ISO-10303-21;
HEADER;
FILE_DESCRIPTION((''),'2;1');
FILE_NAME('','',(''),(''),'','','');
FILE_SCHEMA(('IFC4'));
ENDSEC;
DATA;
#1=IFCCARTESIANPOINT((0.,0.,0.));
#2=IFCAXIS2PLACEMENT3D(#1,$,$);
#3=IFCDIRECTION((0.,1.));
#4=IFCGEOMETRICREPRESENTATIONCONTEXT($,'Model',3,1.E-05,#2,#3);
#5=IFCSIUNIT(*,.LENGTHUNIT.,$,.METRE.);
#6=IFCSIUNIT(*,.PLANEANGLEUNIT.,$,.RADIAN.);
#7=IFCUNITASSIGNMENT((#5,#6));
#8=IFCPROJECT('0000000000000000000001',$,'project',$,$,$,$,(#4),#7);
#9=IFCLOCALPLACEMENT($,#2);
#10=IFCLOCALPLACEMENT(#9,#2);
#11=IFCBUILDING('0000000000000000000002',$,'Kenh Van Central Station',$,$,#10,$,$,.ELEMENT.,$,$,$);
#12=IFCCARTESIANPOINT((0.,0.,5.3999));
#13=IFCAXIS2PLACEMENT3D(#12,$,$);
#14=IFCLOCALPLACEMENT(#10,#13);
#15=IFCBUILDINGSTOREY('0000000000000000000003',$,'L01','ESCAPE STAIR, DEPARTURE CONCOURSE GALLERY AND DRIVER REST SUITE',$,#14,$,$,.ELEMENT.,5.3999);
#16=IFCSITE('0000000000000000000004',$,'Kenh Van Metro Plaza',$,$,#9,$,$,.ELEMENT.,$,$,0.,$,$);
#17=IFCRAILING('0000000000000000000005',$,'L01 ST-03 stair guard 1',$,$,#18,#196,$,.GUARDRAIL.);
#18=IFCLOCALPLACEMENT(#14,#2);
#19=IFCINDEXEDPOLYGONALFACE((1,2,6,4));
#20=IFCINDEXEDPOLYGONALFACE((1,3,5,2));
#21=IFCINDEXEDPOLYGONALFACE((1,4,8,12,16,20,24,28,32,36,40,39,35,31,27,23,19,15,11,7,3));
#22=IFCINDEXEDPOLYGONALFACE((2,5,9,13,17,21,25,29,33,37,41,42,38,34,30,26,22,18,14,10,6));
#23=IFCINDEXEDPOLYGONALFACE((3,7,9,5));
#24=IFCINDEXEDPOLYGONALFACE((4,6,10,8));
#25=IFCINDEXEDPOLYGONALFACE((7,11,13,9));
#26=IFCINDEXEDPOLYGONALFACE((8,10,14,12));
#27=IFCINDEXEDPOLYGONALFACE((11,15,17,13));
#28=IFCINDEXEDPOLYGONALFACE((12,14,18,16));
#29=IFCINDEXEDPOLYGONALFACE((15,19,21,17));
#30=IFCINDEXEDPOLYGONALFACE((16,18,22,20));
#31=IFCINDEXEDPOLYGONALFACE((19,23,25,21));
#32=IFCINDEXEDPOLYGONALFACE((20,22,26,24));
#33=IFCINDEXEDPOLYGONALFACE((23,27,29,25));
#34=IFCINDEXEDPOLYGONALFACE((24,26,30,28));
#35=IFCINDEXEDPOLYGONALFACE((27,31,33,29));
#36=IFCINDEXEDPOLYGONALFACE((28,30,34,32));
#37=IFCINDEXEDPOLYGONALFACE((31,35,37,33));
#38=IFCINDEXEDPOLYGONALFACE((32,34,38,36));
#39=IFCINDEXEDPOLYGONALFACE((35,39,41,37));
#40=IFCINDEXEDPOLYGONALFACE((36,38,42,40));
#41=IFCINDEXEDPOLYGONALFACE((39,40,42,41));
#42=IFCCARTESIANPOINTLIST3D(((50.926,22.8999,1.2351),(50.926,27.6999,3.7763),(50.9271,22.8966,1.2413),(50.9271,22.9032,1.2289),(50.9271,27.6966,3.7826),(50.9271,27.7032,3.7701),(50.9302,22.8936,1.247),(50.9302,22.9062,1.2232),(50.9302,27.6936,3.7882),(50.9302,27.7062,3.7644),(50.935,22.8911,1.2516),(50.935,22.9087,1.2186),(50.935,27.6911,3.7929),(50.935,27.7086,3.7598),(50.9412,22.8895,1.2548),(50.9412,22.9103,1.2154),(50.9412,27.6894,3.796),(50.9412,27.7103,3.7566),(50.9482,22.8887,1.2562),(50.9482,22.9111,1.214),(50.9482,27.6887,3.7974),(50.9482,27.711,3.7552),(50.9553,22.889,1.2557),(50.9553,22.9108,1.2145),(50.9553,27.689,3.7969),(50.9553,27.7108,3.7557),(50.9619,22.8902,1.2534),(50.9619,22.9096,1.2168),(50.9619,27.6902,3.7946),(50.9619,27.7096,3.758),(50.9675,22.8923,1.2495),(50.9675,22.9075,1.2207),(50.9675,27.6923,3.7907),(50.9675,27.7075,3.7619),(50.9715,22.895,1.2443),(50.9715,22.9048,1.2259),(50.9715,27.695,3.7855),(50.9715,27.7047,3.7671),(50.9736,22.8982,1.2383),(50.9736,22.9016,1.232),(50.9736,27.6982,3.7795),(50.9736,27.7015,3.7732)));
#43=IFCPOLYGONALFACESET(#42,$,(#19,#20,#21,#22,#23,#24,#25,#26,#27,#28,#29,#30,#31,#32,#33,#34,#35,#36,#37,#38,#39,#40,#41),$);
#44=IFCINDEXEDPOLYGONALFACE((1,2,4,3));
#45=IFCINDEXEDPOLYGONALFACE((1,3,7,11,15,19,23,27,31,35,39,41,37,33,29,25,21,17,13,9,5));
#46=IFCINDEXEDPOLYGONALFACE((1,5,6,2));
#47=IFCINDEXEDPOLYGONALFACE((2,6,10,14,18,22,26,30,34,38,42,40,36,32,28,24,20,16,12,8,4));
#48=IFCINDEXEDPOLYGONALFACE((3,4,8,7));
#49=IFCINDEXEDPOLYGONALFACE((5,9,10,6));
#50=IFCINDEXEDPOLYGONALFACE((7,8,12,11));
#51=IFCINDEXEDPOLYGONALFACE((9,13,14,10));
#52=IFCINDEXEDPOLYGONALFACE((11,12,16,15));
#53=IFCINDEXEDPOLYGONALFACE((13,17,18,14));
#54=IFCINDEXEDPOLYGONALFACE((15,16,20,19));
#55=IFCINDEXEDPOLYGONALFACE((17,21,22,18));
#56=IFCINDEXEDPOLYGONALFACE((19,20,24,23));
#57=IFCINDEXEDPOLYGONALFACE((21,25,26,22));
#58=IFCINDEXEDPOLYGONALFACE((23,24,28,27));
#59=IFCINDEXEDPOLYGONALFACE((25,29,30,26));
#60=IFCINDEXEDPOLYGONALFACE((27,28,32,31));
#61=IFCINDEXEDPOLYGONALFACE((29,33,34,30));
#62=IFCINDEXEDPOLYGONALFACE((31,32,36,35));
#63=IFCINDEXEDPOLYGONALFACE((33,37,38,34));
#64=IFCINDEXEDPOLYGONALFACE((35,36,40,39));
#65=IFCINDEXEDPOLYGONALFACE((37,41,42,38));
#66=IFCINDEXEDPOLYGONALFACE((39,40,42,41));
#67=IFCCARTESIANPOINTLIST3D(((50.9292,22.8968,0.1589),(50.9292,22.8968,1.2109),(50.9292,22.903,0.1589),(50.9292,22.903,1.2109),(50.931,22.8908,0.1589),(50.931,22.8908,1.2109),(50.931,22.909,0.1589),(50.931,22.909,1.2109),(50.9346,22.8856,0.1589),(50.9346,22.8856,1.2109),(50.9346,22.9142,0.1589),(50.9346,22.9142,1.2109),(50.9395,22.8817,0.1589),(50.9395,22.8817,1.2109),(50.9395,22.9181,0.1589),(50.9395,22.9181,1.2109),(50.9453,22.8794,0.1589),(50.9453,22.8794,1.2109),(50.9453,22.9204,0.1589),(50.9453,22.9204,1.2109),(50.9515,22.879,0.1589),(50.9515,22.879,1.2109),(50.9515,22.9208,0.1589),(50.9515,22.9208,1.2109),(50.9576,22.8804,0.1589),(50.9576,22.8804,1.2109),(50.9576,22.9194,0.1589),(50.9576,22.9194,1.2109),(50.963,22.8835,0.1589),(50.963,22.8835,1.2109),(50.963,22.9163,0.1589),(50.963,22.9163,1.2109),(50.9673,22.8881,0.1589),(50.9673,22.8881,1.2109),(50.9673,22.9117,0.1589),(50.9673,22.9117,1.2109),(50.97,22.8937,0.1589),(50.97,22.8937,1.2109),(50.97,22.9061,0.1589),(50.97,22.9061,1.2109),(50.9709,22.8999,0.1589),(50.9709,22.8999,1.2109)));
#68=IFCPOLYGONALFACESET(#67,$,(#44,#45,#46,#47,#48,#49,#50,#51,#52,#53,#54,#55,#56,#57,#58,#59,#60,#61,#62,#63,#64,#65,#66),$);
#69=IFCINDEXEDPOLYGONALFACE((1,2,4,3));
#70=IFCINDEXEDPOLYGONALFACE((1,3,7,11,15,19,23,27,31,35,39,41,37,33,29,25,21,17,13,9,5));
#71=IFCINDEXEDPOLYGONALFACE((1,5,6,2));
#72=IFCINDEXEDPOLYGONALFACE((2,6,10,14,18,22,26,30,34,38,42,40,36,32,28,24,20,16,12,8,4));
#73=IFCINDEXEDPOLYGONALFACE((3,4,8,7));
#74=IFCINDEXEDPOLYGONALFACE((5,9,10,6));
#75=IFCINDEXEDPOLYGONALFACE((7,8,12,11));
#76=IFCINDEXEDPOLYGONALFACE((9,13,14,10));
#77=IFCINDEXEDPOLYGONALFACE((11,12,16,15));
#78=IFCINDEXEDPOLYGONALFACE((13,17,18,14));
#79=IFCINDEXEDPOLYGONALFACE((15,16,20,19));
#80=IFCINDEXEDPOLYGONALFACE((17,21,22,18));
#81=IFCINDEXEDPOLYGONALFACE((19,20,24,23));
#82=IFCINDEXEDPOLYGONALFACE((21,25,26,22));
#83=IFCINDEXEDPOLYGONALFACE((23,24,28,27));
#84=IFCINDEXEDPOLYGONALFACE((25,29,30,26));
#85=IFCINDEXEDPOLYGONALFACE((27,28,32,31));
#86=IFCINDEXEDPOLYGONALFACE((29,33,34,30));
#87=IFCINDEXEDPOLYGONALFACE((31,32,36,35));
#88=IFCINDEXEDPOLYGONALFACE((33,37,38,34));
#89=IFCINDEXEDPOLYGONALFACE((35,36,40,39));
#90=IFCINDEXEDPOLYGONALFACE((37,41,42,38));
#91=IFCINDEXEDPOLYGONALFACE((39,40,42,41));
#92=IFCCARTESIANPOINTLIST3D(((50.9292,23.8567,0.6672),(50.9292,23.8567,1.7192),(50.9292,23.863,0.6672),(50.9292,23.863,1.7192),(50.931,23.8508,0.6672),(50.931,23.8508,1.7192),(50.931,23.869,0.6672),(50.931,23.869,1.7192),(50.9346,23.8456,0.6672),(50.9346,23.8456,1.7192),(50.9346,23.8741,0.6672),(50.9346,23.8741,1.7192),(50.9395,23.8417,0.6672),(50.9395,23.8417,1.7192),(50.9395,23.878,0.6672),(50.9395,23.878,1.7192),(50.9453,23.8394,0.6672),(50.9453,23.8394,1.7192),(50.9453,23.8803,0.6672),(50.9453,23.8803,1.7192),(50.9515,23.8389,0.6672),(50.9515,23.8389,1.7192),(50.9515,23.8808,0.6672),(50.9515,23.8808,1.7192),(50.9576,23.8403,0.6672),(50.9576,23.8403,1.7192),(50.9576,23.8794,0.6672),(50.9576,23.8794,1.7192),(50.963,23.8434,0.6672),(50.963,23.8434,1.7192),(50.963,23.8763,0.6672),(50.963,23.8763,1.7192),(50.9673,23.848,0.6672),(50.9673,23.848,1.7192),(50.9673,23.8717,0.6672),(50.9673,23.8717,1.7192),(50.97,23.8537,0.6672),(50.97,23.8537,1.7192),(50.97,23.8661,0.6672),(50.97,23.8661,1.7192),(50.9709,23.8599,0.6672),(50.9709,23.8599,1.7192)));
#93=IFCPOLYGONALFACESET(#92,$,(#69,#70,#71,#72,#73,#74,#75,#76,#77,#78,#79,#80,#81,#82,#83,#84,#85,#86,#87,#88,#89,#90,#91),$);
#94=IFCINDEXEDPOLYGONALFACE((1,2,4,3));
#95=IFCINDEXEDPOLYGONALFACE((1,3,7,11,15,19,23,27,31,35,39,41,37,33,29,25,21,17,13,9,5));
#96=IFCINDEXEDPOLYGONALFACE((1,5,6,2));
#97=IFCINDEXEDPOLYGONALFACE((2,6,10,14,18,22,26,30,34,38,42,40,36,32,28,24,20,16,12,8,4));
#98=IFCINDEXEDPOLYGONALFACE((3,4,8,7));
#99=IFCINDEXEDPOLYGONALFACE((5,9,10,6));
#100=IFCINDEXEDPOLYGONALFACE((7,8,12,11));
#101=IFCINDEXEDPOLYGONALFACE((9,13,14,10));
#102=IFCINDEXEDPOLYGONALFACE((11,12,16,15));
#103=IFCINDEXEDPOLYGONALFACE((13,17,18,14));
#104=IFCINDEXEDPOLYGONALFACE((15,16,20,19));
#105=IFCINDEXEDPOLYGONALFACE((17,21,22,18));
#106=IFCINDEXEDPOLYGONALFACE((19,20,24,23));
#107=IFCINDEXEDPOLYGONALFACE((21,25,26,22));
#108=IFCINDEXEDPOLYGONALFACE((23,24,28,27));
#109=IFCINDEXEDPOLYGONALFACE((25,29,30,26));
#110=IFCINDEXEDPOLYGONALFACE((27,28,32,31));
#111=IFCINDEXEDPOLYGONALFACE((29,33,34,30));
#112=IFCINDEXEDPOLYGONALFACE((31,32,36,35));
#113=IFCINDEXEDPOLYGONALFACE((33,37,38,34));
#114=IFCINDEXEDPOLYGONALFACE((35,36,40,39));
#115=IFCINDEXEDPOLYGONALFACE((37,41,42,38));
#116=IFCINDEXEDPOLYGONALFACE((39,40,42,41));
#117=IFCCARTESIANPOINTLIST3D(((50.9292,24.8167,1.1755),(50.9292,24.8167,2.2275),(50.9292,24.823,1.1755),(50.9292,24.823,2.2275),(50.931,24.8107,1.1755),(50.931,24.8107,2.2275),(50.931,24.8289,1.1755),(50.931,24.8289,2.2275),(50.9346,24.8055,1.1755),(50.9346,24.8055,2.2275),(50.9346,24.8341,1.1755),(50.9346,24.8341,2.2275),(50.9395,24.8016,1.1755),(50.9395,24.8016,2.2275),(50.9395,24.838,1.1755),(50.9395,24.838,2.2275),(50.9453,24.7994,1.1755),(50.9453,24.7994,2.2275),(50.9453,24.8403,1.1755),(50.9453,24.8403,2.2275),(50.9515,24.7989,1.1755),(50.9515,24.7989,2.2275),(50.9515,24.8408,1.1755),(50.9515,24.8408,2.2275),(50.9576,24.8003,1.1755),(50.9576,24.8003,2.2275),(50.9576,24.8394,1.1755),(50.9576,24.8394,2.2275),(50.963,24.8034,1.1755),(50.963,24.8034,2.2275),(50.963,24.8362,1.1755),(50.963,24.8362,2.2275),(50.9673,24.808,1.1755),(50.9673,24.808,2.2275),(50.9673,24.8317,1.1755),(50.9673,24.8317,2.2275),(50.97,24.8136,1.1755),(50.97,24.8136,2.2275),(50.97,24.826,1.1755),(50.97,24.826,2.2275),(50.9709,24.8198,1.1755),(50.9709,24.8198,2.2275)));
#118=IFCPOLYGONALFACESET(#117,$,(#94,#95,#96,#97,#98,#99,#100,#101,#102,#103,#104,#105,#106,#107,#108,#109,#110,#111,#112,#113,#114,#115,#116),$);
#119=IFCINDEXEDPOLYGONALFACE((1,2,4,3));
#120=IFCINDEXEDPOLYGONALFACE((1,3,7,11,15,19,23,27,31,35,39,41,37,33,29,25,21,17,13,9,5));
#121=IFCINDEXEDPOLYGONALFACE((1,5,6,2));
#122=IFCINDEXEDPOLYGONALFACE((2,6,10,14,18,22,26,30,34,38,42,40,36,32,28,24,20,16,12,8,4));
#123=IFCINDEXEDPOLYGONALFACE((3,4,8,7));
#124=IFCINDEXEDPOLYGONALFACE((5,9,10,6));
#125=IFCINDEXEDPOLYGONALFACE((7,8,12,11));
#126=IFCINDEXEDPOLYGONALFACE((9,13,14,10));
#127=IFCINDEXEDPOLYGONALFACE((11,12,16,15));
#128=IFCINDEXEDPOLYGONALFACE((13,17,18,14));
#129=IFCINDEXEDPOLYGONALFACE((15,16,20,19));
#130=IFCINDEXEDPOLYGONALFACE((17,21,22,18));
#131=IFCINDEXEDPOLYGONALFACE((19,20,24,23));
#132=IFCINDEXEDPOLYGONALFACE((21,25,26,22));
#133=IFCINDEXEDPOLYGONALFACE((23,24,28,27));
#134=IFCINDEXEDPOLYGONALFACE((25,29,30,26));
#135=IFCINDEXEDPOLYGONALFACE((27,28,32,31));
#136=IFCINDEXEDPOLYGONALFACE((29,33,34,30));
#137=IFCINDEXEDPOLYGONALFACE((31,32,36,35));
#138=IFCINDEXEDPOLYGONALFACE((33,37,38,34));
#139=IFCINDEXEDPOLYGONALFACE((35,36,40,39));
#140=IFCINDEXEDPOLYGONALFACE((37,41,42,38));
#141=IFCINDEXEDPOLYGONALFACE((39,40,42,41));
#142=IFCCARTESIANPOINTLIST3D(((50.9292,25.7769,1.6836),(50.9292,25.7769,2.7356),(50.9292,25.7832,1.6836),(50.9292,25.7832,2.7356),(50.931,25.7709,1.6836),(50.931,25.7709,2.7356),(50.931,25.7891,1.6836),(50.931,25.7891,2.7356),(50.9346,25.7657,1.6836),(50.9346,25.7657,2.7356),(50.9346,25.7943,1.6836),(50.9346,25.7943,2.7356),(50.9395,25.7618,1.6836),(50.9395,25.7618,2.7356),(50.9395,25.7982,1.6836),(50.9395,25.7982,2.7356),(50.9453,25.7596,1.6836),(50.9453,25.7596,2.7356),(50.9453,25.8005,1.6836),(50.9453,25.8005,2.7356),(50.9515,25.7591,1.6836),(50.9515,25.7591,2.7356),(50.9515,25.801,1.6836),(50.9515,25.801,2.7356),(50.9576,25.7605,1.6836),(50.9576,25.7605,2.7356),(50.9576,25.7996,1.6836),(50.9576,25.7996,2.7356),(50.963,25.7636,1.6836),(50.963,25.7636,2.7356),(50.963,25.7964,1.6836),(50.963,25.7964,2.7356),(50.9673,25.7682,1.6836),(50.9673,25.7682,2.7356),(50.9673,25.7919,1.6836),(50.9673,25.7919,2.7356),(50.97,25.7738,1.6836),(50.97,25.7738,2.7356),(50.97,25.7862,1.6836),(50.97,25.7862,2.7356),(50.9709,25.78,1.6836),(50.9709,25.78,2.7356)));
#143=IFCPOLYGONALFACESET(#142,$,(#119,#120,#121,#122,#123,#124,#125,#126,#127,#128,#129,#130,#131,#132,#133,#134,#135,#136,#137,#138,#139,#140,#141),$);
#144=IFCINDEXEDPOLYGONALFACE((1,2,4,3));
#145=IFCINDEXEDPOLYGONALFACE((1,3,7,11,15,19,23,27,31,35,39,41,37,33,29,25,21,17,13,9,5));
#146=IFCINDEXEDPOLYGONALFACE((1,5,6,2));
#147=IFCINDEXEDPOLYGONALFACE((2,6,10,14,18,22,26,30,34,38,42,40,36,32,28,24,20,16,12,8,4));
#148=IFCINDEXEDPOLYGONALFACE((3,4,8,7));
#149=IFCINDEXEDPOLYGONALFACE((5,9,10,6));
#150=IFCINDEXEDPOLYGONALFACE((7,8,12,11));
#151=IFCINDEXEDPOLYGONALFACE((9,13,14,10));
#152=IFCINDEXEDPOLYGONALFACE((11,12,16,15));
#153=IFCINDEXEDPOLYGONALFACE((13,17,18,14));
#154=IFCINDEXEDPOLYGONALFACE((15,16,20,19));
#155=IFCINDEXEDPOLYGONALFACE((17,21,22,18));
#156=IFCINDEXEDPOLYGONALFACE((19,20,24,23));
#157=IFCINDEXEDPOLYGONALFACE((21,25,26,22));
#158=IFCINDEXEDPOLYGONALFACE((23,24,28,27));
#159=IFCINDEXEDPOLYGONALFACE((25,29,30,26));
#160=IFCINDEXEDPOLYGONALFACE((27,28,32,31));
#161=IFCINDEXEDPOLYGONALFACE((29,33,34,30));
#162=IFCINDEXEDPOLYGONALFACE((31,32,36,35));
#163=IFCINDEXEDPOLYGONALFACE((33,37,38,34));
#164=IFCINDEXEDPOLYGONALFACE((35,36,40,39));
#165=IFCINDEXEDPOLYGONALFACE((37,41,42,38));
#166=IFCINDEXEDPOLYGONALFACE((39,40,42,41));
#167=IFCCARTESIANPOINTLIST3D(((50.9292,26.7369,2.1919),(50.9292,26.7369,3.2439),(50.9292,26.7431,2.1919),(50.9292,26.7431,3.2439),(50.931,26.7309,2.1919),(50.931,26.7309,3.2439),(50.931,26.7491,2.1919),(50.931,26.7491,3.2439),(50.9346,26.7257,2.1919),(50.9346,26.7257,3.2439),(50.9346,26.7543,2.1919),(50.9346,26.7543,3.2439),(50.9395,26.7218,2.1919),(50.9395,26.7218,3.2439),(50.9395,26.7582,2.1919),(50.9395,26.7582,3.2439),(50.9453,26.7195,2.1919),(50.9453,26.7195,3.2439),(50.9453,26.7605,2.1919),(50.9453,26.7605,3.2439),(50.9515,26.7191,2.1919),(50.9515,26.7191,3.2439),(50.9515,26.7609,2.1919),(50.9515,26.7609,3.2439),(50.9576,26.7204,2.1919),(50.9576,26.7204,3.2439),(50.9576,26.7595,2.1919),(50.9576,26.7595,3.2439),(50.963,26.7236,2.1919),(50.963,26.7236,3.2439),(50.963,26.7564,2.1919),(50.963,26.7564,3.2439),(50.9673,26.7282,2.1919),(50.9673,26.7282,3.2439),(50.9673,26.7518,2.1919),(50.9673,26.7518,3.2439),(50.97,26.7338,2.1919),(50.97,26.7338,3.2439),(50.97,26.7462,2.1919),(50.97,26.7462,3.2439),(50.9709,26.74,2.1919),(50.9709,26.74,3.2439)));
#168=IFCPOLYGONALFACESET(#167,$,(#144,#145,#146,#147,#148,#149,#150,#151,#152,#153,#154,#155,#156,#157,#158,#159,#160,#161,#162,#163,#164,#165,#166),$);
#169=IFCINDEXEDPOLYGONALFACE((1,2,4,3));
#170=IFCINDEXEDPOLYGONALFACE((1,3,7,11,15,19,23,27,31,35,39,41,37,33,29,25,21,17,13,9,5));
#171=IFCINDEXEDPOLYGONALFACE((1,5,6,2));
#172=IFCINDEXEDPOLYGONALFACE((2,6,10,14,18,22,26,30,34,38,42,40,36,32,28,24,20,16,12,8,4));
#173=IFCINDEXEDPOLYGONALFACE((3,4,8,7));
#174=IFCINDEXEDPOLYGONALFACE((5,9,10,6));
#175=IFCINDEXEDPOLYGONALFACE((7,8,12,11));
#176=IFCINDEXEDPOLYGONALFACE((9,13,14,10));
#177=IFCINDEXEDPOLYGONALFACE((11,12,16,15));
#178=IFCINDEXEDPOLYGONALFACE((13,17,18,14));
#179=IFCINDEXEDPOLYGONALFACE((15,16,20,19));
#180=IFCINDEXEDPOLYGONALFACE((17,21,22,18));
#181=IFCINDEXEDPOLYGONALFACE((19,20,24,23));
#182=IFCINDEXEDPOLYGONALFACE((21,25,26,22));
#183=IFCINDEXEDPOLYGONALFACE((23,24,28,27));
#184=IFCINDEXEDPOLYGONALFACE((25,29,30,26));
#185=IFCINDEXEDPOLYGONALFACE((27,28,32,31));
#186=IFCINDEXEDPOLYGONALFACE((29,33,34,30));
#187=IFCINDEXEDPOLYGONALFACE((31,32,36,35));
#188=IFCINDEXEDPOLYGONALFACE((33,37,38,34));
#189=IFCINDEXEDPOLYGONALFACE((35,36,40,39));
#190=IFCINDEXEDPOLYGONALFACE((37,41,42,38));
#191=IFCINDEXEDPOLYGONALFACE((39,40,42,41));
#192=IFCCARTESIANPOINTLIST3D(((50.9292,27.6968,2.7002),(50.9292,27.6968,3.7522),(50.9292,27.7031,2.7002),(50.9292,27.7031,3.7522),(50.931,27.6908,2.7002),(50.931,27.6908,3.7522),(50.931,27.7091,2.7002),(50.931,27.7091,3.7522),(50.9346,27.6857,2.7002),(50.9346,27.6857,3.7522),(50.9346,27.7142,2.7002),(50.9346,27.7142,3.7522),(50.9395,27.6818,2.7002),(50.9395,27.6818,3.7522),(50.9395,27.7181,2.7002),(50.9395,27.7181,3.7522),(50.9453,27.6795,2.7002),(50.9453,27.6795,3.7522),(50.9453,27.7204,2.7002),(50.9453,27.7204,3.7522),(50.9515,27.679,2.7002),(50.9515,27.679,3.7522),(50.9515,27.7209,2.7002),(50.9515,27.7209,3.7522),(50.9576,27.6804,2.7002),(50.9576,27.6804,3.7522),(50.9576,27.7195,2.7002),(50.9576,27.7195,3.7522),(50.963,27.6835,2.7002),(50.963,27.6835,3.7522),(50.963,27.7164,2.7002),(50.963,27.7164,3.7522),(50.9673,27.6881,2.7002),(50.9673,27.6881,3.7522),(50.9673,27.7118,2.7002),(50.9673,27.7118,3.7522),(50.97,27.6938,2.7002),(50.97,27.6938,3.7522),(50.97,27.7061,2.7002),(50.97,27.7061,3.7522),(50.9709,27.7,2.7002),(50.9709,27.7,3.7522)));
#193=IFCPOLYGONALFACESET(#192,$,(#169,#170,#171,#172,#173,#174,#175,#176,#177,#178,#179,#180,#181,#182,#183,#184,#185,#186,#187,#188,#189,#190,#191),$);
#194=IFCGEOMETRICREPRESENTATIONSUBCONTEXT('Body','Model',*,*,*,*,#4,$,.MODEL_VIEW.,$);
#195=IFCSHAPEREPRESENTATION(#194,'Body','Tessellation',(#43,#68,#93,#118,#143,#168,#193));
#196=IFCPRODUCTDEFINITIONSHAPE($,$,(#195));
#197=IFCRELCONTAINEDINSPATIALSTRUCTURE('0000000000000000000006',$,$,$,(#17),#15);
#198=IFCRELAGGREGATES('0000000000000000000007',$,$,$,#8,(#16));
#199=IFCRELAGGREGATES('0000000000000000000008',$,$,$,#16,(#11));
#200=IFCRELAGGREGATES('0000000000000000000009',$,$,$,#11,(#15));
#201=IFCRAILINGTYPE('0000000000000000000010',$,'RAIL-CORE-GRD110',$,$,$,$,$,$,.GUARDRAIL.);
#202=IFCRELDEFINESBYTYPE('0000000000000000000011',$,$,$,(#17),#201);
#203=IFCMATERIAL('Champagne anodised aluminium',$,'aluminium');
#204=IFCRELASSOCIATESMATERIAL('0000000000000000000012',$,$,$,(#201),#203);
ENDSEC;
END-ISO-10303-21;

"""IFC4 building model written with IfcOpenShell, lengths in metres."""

from ifc_helpers import new_model, si_unit, direction, frame, origin, origin_2d, place, context, subcontext, project, spatial, circle, extrude, material, type_object, element, save


model = new_model("IFC4")

# Units and contexts
model_context = context("Model", 3, precision=1e-05, world=origin(), true_north=direction((0.0, 1.0)))
body_context = subcontext(model_context, "Body", "Model", "MODEL_VIEW")
ifc_project = project(units=[si_unit("LENGTHUNIT", "METRE"), si_unit("PLANEANGLEUNIT", "RADIAN")], contexts=[model_context])

# Site, building, storey
site_placement = place(None, origin())
site = spatial("IfcSite", under=ifc_project, at=site_placement, Name="Kenh Van Metro Plaza", CompositionType="ELEMENT", RefElevation=0.0)
building_placement = place(site_placement, origin())
building = spatial("IfcBuilding", under=site, at=building_placement, Name="Kenh Van Central Station", CompositionType="ELEMENT")
storey_placement = place(building_placement, frame((0.0, 0.0, 5.3999)))
storey = spatial("IfcBuildingStorey", under=building, at=storey_placement, Name="L01", Description="ESCAPE STAIR, DEPARTURE CONCOURSE GALLERY AND DRIVER REST SUITE", CompositionType="ELEMENT", Elevation=5.3999)

# Shared definitions
ifc_material_1 = material(Name="Champagne anodised aluminium", Category="aluminium")

# Railing
railing_type_1 = type_object("IfcRailingType", Name="RAIL-CORE-GRD110", PredefinedType="GUARDRAIL", material=ifc_material_1)
railing_1_placement = place(storey_placement, frame((50.95, 22.8999, 0.1589)))
element("IfcRailing", 1, at=railing_1_placement, inside=storey, type_object=railing_type_1, Name="L01 ST-03 stair guard 1", PredefinedType="GUARDRAIL", context=body_context, shape_type="SweptSolid", body=[
    extrude(circle(Radius=0.0239, at=origin_2d()), frame((0.0, 0.0, 1.0762), z_axis=(0.0, 0.883784, 0.467896), x_axis=(-1.0, 0.0, 0.0)), (0.0, 0.0, 1.0), 5.4312),
    extrude(circle(Radius=0.021, at=origin_2d()), origin(), (0.0, 0.0, 1.0), 1.052),
    extrude(circle(Radius=0.021, at=origin_2d()), frame((0.0, 0.96, 0.5083)), (0.0, 0.0, 1.0), 1.052),
    extrude(circle(Radius=0.021, at=origin_2d()), frame((0.0, 1.9199, 1.0166)), (0.0, 0.0, 1.0), 1.052),
    extrude(circle(Radius=0.021, at=origin_2d()), frame((0.0, 2.8801, 1.5247)), (0.0, 0.0, 1.0), 1.052),
    extrude(circle(Radius=0.021, at=origin_2d()), frame((0.0, 3.8401, 2.033)), (0.0, 0.0, 1.0), 1.052),
    extrude(circle(Radius=0.021, at=origin_2d()), frame((0.0, 4.8, 2.5413)), (0.0, 0.0, 1.0), 1.052),
])

save(model, "model.ifc")
